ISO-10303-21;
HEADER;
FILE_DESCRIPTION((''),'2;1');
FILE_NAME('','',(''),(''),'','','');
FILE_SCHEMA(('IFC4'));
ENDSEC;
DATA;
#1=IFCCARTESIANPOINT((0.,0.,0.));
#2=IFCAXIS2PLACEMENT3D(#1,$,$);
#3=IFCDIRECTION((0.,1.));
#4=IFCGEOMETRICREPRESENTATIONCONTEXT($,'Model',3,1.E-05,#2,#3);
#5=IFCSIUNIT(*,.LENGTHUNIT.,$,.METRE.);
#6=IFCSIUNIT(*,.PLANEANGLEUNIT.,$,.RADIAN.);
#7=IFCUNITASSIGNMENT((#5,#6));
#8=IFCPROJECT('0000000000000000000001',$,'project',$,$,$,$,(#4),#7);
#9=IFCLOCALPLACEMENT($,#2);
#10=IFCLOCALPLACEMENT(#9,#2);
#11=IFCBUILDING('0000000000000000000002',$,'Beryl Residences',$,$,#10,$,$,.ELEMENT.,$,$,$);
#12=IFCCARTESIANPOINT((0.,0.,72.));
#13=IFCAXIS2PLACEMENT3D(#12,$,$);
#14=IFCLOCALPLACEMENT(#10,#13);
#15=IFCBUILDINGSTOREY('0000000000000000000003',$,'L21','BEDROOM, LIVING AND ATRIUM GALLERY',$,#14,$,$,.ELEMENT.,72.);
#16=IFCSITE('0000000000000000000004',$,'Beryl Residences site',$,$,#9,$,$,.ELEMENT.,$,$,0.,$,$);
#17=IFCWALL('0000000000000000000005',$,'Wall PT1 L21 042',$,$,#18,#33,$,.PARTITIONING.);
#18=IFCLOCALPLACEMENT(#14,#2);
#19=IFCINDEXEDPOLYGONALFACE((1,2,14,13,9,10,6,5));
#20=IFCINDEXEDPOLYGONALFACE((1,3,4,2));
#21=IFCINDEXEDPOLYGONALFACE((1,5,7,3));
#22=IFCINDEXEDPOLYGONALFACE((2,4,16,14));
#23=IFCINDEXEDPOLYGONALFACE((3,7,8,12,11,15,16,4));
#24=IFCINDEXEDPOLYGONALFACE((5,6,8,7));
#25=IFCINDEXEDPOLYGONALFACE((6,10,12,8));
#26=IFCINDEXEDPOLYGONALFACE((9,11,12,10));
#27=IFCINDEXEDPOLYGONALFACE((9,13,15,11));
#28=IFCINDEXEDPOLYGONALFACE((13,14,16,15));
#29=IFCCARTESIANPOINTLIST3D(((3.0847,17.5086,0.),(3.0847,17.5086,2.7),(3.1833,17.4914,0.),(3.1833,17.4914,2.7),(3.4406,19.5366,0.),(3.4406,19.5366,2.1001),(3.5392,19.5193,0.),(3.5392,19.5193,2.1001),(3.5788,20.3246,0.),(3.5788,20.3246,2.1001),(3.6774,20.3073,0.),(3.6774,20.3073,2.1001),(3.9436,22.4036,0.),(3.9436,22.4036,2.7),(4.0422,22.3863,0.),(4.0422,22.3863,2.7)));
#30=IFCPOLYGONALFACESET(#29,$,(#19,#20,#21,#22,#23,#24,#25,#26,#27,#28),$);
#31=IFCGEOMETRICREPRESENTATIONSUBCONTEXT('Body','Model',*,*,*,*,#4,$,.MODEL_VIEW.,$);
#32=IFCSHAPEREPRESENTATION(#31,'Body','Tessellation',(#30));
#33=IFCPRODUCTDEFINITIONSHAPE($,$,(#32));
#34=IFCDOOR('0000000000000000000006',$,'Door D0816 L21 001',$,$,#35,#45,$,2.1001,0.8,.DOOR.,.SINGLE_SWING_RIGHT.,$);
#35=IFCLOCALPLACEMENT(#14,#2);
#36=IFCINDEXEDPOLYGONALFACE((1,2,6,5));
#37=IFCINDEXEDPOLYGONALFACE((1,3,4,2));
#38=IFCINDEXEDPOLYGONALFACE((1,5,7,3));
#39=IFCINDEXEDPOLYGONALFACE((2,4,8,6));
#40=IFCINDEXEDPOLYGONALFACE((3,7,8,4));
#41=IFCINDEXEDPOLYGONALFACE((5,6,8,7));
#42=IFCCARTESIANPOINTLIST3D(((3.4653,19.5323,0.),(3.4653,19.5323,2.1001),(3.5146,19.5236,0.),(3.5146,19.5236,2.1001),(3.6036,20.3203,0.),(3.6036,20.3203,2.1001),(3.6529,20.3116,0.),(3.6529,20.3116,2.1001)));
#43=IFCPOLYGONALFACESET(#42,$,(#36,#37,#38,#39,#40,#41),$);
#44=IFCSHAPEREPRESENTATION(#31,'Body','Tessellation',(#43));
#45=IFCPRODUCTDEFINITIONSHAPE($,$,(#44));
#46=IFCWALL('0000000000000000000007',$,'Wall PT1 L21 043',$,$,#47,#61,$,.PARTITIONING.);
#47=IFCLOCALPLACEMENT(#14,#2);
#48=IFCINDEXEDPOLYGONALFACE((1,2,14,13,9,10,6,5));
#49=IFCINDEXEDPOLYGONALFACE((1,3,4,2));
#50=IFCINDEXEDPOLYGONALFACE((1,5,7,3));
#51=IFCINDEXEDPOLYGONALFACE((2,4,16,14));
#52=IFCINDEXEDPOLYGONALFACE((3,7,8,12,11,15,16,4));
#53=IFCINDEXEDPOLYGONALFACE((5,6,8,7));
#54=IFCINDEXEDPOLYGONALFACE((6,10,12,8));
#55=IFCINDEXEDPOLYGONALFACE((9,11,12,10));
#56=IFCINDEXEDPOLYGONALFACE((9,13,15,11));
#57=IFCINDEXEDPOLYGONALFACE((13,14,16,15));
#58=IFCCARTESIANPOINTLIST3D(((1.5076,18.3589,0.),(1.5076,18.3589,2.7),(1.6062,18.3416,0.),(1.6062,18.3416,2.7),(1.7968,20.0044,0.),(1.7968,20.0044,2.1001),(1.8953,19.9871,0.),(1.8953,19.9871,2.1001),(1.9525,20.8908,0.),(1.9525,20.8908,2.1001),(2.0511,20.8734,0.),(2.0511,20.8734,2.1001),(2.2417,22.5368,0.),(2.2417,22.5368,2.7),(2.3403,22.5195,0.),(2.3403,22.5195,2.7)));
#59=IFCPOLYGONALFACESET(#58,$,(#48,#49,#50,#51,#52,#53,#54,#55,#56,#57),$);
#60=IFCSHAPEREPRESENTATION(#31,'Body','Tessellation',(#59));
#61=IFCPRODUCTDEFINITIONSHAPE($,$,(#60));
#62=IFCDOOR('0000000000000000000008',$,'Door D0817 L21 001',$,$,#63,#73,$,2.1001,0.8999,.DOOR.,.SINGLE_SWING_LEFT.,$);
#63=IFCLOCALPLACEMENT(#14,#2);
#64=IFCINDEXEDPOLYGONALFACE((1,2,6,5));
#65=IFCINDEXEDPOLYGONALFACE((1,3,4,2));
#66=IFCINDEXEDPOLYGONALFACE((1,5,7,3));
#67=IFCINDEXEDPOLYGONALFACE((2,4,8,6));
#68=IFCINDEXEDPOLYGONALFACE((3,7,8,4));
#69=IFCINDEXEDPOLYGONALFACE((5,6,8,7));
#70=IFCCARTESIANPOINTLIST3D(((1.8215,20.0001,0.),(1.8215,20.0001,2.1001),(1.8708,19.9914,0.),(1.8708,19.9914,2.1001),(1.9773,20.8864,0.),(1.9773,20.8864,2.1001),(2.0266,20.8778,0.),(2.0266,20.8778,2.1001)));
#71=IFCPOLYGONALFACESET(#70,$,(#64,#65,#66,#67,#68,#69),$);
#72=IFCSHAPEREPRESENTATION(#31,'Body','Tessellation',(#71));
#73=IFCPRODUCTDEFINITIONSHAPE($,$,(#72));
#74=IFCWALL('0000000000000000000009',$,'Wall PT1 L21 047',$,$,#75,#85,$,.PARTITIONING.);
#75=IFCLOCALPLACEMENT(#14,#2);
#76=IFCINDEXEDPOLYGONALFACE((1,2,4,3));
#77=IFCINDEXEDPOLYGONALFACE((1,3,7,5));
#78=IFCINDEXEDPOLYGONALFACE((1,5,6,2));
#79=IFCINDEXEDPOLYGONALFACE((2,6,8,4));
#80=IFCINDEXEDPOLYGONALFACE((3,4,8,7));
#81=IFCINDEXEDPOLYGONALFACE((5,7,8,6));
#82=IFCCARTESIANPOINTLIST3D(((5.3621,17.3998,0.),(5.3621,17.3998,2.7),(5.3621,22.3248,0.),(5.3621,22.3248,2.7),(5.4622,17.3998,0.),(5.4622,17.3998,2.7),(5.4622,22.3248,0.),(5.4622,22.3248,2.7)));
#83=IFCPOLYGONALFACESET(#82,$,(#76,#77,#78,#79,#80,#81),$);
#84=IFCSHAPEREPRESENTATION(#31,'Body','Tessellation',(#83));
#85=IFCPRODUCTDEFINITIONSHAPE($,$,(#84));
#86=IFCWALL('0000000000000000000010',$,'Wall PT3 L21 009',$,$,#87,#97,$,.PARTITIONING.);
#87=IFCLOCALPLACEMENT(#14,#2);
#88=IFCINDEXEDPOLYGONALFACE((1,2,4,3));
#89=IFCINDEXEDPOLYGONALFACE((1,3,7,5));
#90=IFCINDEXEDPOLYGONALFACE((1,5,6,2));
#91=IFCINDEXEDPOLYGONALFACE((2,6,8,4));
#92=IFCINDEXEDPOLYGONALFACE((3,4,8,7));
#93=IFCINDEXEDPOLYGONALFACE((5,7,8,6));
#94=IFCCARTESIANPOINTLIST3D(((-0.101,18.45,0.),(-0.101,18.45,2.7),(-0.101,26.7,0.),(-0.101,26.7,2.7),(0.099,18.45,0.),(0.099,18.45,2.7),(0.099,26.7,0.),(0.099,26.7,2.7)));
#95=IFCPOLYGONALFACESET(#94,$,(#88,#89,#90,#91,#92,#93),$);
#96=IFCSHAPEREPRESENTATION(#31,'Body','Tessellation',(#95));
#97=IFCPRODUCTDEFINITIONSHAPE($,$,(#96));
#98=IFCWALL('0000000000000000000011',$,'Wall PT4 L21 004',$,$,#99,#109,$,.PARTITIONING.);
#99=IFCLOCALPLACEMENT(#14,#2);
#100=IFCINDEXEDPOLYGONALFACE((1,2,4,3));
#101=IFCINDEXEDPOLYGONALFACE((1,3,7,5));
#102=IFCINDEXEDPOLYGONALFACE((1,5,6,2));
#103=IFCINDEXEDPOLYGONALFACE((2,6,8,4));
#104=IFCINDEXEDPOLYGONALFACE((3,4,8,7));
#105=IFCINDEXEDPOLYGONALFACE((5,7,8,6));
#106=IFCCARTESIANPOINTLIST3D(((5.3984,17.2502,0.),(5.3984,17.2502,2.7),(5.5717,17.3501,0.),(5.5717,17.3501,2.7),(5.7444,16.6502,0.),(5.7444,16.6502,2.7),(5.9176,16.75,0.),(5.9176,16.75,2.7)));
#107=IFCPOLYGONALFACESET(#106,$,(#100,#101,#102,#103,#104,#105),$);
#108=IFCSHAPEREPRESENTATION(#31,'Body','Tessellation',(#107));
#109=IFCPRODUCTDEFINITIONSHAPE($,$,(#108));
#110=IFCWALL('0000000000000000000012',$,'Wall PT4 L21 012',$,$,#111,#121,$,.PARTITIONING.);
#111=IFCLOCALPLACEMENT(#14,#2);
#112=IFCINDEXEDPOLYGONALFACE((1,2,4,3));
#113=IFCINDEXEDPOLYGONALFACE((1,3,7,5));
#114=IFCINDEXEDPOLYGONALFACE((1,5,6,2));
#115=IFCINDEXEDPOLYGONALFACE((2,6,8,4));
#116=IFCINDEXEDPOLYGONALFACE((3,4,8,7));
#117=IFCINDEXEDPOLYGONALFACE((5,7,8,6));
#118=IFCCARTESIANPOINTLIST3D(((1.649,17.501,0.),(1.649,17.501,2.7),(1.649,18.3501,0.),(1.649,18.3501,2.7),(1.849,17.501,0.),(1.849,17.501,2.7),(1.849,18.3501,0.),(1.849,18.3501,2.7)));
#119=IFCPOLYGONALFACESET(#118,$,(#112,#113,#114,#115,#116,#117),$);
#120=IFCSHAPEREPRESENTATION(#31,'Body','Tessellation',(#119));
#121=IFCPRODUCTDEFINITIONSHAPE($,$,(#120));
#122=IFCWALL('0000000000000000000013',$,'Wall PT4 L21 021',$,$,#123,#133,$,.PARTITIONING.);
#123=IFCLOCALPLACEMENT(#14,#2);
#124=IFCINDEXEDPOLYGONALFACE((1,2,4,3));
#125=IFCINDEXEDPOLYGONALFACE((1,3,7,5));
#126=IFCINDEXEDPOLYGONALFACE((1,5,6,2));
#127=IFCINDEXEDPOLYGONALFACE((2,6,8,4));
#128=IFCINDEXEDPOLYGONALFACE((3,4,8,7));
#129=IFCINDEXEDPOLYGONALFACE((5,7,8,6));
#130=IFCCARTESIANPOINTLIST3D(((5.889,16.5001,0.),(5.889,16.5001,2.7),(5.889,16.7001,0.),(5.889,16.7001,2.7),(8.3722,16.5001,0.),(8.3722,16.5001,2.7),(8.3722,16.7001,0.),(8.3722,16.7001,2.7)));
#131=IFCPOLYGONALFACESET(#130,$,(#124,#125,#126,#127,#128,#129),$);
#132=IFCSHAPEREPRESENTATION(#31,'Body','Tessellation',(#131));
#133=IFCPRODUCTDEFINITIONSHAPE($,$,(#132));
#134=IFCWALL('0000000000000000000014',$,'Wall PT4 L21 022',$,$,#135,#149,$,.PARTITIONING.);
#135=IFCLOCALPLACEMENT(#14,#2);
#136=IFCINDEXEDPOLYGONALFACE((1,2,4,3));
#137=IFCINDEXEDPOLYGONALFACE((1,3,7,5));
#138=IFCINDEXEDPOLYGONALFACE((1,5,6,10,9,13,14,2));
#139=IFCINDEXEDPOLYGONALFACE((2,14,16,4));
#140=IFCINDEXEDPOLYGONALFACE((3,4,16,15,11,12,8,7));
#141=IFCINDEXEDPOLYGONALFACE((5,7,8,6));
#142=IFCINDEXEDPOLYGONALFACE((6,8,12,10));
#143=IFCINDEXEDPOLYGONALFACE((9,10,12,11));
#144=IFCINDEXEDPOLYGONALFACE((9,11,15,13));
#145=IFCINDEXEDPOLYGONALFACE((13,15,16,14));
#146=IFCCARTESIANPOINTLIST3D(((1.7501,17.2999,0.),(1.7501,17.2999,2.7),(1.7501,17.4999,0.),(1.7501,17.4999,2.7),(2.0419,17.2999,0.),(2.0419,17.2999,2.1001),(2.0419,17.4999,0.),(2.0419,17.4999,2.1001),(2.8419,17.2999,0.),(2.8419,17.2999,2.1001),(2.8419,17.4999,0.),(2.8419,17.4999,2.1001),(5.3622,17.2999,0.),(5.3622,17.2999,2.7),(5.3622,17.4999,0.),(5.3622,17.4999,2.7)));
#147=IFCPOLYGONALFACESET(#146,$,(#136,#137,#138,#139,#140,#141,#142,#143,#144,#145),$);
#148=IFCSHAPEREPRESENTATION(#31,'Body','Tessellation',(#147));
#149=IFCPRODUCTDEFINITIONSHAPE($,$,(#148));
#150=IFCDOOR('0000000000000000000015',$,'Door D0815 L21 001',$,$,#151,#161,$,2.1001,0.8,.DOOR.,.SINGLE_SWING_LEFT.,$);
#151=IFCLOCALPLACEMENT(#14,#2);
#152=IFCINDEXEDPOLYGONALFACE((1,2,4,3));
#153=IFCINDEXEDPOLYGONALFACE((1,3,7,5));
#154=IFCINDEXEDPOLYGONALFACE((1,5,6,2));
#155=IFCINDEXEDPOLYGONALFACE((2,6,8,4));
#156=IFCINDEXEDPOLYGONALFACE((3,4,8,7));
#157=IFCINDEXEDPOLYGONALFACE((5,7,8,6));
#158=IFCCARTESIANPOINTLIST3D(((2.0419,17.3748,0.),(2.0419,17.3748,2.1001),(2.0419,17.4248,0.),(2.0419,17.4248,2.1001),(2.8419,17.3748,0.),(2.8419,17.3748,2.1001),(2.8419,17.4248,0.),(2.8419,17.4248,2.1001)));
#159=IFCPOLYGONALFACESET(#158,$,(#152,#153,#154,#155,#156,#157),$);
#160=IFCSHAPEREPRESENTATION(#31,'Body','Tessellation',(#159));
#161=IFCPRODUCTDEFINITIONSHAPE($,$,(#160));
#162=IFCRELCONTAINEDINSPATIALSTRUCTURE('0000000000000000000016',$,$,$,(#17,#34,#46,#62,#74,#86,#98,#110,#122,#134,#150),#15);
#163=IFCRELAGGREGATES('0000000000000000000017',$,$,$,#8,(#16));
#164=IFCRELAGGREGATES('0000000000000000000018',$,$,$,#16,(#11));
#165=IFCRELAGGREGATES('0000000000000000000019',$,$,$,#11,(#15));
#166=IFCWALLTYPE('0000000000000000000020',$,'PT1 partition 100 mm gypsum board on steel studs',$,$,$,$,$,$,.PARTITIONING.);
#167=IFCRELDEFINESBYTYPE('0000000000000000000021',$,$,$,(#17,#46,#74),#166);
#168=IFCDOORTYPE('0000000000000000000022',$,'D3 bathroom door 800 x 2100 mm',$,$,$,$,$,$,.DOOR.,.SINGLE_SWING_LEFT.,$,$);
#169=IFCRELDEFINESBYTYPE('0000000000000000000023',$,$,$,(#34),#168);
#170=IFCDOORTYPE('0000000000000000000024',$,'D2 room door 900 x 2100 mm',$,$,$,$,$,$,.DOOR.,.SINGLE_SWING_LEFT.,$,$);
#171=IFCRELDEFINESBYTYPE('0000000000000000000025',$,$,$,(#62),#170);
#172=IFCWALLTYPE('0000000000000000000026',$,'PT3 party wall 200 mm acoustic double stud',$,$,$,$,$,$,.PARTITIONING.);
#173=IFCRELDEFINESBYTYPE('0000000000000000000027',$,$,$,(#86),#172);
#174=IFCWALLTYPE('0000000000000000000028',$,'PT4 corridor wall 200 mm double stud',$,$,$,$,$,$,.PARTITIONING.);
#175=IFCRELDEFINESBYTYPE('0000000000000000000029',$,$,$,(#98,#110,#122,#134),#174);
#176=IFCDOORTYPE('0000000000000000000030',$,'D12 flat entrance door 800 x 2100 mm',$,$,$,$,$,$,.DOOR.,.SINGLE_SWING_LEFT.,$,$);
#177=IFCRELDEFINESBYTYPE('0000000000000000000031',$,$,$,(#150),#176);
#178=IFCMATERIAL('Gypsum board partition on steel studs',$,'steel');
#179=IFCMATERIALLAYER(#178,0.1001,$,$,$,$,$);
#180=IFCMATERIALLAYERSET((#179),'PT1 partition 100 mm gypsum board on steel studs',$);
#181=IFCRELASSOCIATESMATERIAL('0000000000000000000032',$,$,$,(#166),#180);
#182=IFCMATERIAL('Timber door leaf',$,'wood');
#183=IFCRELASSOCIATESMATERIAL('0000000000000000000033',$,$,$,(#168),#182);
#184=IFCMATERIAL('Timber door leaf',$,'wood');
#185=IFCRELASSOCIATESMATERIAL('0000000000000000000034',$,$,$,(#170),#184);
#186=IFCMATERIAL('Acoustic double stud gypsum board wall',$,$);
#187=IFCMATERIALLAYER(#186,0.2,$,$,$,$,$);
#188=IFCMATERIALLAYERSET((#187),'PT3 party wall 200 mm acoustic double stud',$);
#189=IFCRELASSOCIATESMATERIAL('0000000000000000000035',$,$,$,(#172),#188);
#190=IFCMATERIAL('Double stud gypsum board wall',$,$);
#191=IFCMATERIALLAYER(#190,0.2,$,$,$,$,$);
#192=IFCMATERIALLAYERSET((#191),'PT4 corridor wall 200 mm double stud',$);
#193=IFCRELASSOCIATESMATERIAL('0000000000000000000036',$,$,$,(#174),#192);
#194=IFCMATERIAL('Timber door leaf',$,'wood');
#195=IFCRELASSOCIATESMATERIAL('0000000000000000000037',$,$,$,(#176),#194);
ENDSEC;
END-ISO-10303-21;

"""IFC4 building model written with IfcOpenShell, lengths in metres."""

from ifc_helpers import new_model, si_unit, direction, frame, frame_2d, origin, place, context, subcontext, project, spatial, rectangle, extrude, material, layer, layer_set, type_object, element, fill, save


model = new_model("IFC4")

# Units and contexts
model_context = context("Model", 3, precision=1e-05, world=origin(), true_north=direction((0.0, 1.0)))
body_context = subcontext(model_context, "Body", "Model", "MODEL_VIEW")
ifc_project = project(units=[si_unit("LENGTHUNIT", "METRE"), si_unit("PLANEANGLEUNIT", "RADIAN")], contexts=[model_context])

# Site, building, storey
site_placement = place(None, origin())
site = spatial("IfcSite", under=ifc_project, at=site_placement, Name="Beryl Residences site", CompositionType="ELEMENT", RefElevation=0.0)
building_placement = place(site_placement, origin())
building = spatial("IfcBuilding", under=site, at=building_placement, Name="Beryl Residences", CompositionType="ELEMENT")
storey_placement = place(building_placement, frame((0.0, 0.0, 72.0)))
storey = spatial("IfcBuildingStorey", under=building, at=storey_placement, Name="L21", Description="BEDROOM, LIVING AND ATRIUM GALLERY", CompositionType="ELEMENT", Elevation=72.0)

# Shared definitions
ifc_material_1 = material(Name="Gypsum board partition on steel studs", Category="steel")
ifc_layer_1 = layer(ifc_material_1, 0.1001)
ifc_layer_set_1 = layer_set([ifc_layer_1], Name="PT1 partition 100 mm gypsum board on steel studs")
wall_type_1 = type_object("IfcWallType", Name="PT1 partition 100 mm gypsum board on steel studs", PredefinedType="PARTITIONING", material=ifc_layer_set_1)

# Shared definitions
ifc_material_2 = material(Name="Timber door leaf", Category="wood")
door_type_1 = type_object("IfcDoorType", Name="D3 bathroom door 800 x 2100 mm", OperationType="SINGLE_SWING_LEFT", PredefinedType="DOOR", material=ifc_material_2)

# Walls, openings, doors
ifc_material_3 = material(Name="Timber door leaf", Category="wood")
door_type_2 = type_object("IfcDoorType", Name="D2 room door 900 x 2100 mm", OperationType="SINGLE_SWING_LEFT", PredefinedType="DOOR", material=ifc_material_3)
wall_1_placement = place(storey_placement, frame((3.134, 17.5, 0.0), z_axis=(0.0, 0.0, 1.0), x_axis=(0.172821, 0.984953, 0.0)))
wall_1 = element("IfcWall", 1, at=wall_1_placement, inside=storey, type_object=wall_type_1, Name="Wall PT1 L21 042", PredefinedType="PARTITIONING", context=body_context, shape_type="SweptSolid", body=[
    extrude(rectangle(XDim=4.9697, YDim=0.1001, at=frame_2d((2.4849, 0.0))), origin(), (0.0, 0.0, 1.0), 2.7),
])
opening_1_placement = place(wall_1_placement, frame((2.0591, 0.0, 0.0)))
opening_1 = element("IfcOpeningElement", 2, at=opening_1_placement, cuts=wall_1, PredefinedType="OPENING", context=body_context, shape_type="SweptSolid", body=[
    extrude(rectangle(XDim=0.8, YDim=2.1001, at=frame_2d((0.3999, 1.05))), frame((0.0, 0.0601, 0.0), z_axis=(0.0, -1.0, 0.0), x_axis=(1.0, 0.0, 0.0)), (0.0, 0.0, 1.0), 0.1201),
])
door_1_placement = place(opening_1_placement, origin())
door_1 = element("IfcDoor", 3, at=door_1_placement, inside=storey, type_object=door_type_1, Name="Door D0816 L21 001", OperationType="SINGLE_SWING_RIGHT", OverallHeight=2.1001, OverallWidth=0.8, PredefinedType="DOOR", context=body_context, shape_type="SweptSolid", body=[
    extrude(rectangle(XDim=0.8, YDim=2.1001, at=frame_2d((0.3999, 1.05))), frame((0.0, 0.0249, 0.0), z_axis=(0.0, -1.0, 0.0), x_axis=(1.0, 0.0, 0.0)), (0.0, 0.0, 1.0), 0.05),
])
fill(opening_1, door_1)
wall_2_placement = place(storey_placement, frame((1.5569, 18.3501, 0.0), z_axis=(0.0, 0.0, 1.0), x_axis=(0.173063, 0.984911, 0.0)))
wall_2 = element("IfcWall", 4, at=wall_2_placement, inside=storey, type_object=wall_type_1, Name="Wall PT1 L21 043", PredefinedType="PARTITIONING", context=body_context, shape_type="SweptSolid", body=[
    extrude(rectangle(XDim=4.2419, YDim=0.1001, at=frame_2d((2.1211, 0.0))), origin(), (0.0, 0.0, 1.0), 2.7),
])
opening_2_placement = place(wall_2_placement, frame((1.6709, 0.0, 0.0)))
opening_2 = element("IfcOpeningElement", 5, at=opening_2_placement, cuts=wall_2, PredefinedType="OPENING", context=body_context, shape_type="SweptSolid", body=[
    extrude(rectangle(XDim=0.8999, YDim=2.1001, at=frame_2d((0.45, 1.05))), frame((0.0, 0.0601, 0.0), z_axis=(0.0, -1.0, 0.0), x_axis=(1.0, 0.0, 0.0)), (0.0, 0.0, 1.0), 0.1201),
])
door_2_placement = place(opening_2_placement, origin())
door_2 = element("IfcDoor", 6, at=door_2_placement, inside=storey, type_object=door_type_2, Name="Door D0817 L21 001", OperationType="SINGLE_SWING_LEFT", OverallHeight=2.1001, OverallWidth=0.8999, PredefinedType="DOOR", context=body_context, shape_type="SweptSolid", body=[
    extrude(rectangle(XDim=0.8999, YDim=2.1001, at=frame_2d((0.45, 1.05))), frame((0.0, 0.0249, 0.0), z_axis=(0.0, -1.0, 0.0), x_axis=(1.0, 0.0, 0.0)), (0.0, 0.0, 1.0), 0.05),
])
fill(opening_2, door_2)

# Walls
wall_3_placement = place(storey_placement, frame((5.4121, 17.3999, 0.0), z_axis=(0.0, 0.0, 1.0), x_axis=(0.0, 1.0, 0.0)))
element("IfcWall", 7, at=wall_3_placement, inside=storey, type_object=wall_type_1, Name="Wall PT1 L21 047", PredefinedType="PARTITIONING", context=body_context, shape_type="SweptSolid", body=[
    extrude(rectangle(XDim=4.925, YDim=0.1001, at=frame_2d((2.4624, 0.0))), origin(), (0.0, 0.0, 1.0), 2.7),
])
ifc_material_4 = material(Name="Acoustic double stud gypsum board wall")
ifc_layer_2 = layer(ifc_material_4, 0.2)
ifc_layer_set_2 = layer_set([ifc_layer_2], Name="PT3 party wall 200 mm acoustic double stud")
wall_type_2 = type_object("IfcWallType", Name="PT3 party wall 200 mm acoustic double stud", PredefinedType="PARTITIONING", material=ifc_layer_set_2)
wall_4_placement = place(storey_placement, frame((-0.001, 18.45, 0.0), z_axis=(0.0, 0.0, 1.0), x_axis=(0.0, 1.0, 0.0)))
element("IfcWall", 8, at=wall_4_placement, inside=storey, type_object=wall_type_2, Name="Wall PT3 L21 009", PredefinedType="PARTITIONING", context=body_context, shape_type="SweptSolid", body=[
    extrude(rectangle(XDim=8.25, YDim=0.2, at=frame_2d((4.125, 0.0))), origin(), (0.0, 0.0, 1.0), 2.7),
])
ifc_material_5 = material(Name="Double stud gypsum board wall")
ifc_layer_3 = layer(ifc_material_5, 0.2)
ifc_layer_set_3 = layer_set([ifc_layer_3], Name="PT4 corridor wall 200 mm double stud")
wall_type_3 = type_object("IfcWallType", Name="PT4 corridor wall 200 mm double stud", PredefinedType="PARTITIONING", material=ifc_layer_set_3)
wall_5_placement = place(storey_placement, frame((5.4851, 17.3, 0.0), z_axis=(0.0, 0.0, 1.0), x_axis=(0.499438, -0.86635, 0.0)))
element("IfcWall", 9, at=wall_5_placement, inside=storey, type_object=wall_type_3, Name="Wall PT4 L21 004", PredefinedType="PARTITIONING", context=body_context, shape_type="SweptSolid", body=[
    extrude(rectangle(XDim=0.6926, YDim=0.2, at=frame_2d((0.3462, 0.0))), origin(), (0.0, 0.0, 1.0), 2.7),
])
wall_6_placement = place(storey_placement, frame((1.749, 18.3501, 0.0), z_axis=(0.0, 0.0, 1.0), x_axis=(0.0, -1.0, 0.0)))
element("IfcWall", 10, at=wall_6_placement, inside=storey, type_object=wall_type_3, Name="Wall PT4 L21 012", PredefinedType="PARTITIONING", context=body_context, shape_type="SweptSolid", body=[
    extrude(rectangle(XDim=0.8491, YDim=0.2, at=frame_2d((0.4246, 0.0))), origin(), (0.0, 0.0, 1.0), 2.7),
])
wall_7_placement = place(storey_placement, frame((5.8889, 16.6001, 0.0), z_axis=(0.0, 0.0, 1.0), x_axis=(1.0, 0.0, 0.0)))
element("IfcWall", 11, at=wall_7_placement, inside=storey, type_object=wall_type_3, Name="Wall PT4 L21 021", PredefinedType="PARTITIONING", context=body_context, shape_type="SweptSolid", body=[
    extrude(rectangle(XDim=2.4832, YDim=0.2, at=frame_2d((1.2417, 0.0))), origin(), (0.0, 0.0, 1.0), 2.7),
])

# Wall, opening, door
wall_8_placement = place(storey_placement, frame((1.75, 17.3999, 0.0), z_axis=(0.0, 0.0, 1.0), x_axis=(1.0, 0.0, 0.0)))
wall_8 = element("IfcWall", 12, at=wall_8_placement, inside=storey, type_object=wall_type_3, Name="Wall PT4 L21 022", PredefinedType="PARTITIONING", context=body_context, shape_type="SweptSolid", body=[
    extrude(rectangle(XDim=3.6121, YDim=0.2, at=frame_2d((1.8062, 0.0))), origin(), (0.0, 0.0, 1.0), 2.7),
])
opening_3_placement = place(wall_8_placement, frame((0.292, 0.0, 0.0)))
opening_3 = element("IfcOpeningElement", 13, at=opening_3_placement, cuts=wall_8, PredefinedType="OPENING", context=body_context, shape_type="SweptSolid", body=[
    extrude(rectangle(XDim=0.8, YDim=2.1001, at=frame_2d((0.3999, 1.05))), frame((0.0, 0.1099, 0.0), z_axis=(0.0, -1.0, 0.0), x_axis=(1.0, 0.0, 0.0)), (0.0, 0.0, 1.0), 0.22),
])
ifc_material_6 = material(Name="Timber door leaf", Category="wood")
door_type_3 = type_object("IfcDoorType", Name="D12 flat entrance door 800 x 2100 mm", OperationType="SINGLE_SWING_LEFT", PredefinedType="DOOR", material=ifc_material_6)
door_3_placement = place(opening_3_placement, origin())
door_3 = element("IfcDoor", 14, at=door_3_placement, inside=storey, type_object=door_type_3, Name="Door D0815 L21 001", OperationType="SINGLE_SWING_LEFT", OverallHeight=2.1001, OverallWidth=0.8, PredefinedType="DOOR", context=body_context, shape_type="SweptSolid", body=[
    extrude(rectangle(XDim=0.8, YDim=2.1001, at=frame_2d((0.3999, 1.05))), frame((0.0, 0.0249, 0.0), z_axis=(0.0, -1.0, 0.0), x_axis=(1.0, 0.0, 0.0)), (0.0, 0.0, 1.0), 0.05),
])
fill(opening_3, door_3)

save(model, "model.ifc")
